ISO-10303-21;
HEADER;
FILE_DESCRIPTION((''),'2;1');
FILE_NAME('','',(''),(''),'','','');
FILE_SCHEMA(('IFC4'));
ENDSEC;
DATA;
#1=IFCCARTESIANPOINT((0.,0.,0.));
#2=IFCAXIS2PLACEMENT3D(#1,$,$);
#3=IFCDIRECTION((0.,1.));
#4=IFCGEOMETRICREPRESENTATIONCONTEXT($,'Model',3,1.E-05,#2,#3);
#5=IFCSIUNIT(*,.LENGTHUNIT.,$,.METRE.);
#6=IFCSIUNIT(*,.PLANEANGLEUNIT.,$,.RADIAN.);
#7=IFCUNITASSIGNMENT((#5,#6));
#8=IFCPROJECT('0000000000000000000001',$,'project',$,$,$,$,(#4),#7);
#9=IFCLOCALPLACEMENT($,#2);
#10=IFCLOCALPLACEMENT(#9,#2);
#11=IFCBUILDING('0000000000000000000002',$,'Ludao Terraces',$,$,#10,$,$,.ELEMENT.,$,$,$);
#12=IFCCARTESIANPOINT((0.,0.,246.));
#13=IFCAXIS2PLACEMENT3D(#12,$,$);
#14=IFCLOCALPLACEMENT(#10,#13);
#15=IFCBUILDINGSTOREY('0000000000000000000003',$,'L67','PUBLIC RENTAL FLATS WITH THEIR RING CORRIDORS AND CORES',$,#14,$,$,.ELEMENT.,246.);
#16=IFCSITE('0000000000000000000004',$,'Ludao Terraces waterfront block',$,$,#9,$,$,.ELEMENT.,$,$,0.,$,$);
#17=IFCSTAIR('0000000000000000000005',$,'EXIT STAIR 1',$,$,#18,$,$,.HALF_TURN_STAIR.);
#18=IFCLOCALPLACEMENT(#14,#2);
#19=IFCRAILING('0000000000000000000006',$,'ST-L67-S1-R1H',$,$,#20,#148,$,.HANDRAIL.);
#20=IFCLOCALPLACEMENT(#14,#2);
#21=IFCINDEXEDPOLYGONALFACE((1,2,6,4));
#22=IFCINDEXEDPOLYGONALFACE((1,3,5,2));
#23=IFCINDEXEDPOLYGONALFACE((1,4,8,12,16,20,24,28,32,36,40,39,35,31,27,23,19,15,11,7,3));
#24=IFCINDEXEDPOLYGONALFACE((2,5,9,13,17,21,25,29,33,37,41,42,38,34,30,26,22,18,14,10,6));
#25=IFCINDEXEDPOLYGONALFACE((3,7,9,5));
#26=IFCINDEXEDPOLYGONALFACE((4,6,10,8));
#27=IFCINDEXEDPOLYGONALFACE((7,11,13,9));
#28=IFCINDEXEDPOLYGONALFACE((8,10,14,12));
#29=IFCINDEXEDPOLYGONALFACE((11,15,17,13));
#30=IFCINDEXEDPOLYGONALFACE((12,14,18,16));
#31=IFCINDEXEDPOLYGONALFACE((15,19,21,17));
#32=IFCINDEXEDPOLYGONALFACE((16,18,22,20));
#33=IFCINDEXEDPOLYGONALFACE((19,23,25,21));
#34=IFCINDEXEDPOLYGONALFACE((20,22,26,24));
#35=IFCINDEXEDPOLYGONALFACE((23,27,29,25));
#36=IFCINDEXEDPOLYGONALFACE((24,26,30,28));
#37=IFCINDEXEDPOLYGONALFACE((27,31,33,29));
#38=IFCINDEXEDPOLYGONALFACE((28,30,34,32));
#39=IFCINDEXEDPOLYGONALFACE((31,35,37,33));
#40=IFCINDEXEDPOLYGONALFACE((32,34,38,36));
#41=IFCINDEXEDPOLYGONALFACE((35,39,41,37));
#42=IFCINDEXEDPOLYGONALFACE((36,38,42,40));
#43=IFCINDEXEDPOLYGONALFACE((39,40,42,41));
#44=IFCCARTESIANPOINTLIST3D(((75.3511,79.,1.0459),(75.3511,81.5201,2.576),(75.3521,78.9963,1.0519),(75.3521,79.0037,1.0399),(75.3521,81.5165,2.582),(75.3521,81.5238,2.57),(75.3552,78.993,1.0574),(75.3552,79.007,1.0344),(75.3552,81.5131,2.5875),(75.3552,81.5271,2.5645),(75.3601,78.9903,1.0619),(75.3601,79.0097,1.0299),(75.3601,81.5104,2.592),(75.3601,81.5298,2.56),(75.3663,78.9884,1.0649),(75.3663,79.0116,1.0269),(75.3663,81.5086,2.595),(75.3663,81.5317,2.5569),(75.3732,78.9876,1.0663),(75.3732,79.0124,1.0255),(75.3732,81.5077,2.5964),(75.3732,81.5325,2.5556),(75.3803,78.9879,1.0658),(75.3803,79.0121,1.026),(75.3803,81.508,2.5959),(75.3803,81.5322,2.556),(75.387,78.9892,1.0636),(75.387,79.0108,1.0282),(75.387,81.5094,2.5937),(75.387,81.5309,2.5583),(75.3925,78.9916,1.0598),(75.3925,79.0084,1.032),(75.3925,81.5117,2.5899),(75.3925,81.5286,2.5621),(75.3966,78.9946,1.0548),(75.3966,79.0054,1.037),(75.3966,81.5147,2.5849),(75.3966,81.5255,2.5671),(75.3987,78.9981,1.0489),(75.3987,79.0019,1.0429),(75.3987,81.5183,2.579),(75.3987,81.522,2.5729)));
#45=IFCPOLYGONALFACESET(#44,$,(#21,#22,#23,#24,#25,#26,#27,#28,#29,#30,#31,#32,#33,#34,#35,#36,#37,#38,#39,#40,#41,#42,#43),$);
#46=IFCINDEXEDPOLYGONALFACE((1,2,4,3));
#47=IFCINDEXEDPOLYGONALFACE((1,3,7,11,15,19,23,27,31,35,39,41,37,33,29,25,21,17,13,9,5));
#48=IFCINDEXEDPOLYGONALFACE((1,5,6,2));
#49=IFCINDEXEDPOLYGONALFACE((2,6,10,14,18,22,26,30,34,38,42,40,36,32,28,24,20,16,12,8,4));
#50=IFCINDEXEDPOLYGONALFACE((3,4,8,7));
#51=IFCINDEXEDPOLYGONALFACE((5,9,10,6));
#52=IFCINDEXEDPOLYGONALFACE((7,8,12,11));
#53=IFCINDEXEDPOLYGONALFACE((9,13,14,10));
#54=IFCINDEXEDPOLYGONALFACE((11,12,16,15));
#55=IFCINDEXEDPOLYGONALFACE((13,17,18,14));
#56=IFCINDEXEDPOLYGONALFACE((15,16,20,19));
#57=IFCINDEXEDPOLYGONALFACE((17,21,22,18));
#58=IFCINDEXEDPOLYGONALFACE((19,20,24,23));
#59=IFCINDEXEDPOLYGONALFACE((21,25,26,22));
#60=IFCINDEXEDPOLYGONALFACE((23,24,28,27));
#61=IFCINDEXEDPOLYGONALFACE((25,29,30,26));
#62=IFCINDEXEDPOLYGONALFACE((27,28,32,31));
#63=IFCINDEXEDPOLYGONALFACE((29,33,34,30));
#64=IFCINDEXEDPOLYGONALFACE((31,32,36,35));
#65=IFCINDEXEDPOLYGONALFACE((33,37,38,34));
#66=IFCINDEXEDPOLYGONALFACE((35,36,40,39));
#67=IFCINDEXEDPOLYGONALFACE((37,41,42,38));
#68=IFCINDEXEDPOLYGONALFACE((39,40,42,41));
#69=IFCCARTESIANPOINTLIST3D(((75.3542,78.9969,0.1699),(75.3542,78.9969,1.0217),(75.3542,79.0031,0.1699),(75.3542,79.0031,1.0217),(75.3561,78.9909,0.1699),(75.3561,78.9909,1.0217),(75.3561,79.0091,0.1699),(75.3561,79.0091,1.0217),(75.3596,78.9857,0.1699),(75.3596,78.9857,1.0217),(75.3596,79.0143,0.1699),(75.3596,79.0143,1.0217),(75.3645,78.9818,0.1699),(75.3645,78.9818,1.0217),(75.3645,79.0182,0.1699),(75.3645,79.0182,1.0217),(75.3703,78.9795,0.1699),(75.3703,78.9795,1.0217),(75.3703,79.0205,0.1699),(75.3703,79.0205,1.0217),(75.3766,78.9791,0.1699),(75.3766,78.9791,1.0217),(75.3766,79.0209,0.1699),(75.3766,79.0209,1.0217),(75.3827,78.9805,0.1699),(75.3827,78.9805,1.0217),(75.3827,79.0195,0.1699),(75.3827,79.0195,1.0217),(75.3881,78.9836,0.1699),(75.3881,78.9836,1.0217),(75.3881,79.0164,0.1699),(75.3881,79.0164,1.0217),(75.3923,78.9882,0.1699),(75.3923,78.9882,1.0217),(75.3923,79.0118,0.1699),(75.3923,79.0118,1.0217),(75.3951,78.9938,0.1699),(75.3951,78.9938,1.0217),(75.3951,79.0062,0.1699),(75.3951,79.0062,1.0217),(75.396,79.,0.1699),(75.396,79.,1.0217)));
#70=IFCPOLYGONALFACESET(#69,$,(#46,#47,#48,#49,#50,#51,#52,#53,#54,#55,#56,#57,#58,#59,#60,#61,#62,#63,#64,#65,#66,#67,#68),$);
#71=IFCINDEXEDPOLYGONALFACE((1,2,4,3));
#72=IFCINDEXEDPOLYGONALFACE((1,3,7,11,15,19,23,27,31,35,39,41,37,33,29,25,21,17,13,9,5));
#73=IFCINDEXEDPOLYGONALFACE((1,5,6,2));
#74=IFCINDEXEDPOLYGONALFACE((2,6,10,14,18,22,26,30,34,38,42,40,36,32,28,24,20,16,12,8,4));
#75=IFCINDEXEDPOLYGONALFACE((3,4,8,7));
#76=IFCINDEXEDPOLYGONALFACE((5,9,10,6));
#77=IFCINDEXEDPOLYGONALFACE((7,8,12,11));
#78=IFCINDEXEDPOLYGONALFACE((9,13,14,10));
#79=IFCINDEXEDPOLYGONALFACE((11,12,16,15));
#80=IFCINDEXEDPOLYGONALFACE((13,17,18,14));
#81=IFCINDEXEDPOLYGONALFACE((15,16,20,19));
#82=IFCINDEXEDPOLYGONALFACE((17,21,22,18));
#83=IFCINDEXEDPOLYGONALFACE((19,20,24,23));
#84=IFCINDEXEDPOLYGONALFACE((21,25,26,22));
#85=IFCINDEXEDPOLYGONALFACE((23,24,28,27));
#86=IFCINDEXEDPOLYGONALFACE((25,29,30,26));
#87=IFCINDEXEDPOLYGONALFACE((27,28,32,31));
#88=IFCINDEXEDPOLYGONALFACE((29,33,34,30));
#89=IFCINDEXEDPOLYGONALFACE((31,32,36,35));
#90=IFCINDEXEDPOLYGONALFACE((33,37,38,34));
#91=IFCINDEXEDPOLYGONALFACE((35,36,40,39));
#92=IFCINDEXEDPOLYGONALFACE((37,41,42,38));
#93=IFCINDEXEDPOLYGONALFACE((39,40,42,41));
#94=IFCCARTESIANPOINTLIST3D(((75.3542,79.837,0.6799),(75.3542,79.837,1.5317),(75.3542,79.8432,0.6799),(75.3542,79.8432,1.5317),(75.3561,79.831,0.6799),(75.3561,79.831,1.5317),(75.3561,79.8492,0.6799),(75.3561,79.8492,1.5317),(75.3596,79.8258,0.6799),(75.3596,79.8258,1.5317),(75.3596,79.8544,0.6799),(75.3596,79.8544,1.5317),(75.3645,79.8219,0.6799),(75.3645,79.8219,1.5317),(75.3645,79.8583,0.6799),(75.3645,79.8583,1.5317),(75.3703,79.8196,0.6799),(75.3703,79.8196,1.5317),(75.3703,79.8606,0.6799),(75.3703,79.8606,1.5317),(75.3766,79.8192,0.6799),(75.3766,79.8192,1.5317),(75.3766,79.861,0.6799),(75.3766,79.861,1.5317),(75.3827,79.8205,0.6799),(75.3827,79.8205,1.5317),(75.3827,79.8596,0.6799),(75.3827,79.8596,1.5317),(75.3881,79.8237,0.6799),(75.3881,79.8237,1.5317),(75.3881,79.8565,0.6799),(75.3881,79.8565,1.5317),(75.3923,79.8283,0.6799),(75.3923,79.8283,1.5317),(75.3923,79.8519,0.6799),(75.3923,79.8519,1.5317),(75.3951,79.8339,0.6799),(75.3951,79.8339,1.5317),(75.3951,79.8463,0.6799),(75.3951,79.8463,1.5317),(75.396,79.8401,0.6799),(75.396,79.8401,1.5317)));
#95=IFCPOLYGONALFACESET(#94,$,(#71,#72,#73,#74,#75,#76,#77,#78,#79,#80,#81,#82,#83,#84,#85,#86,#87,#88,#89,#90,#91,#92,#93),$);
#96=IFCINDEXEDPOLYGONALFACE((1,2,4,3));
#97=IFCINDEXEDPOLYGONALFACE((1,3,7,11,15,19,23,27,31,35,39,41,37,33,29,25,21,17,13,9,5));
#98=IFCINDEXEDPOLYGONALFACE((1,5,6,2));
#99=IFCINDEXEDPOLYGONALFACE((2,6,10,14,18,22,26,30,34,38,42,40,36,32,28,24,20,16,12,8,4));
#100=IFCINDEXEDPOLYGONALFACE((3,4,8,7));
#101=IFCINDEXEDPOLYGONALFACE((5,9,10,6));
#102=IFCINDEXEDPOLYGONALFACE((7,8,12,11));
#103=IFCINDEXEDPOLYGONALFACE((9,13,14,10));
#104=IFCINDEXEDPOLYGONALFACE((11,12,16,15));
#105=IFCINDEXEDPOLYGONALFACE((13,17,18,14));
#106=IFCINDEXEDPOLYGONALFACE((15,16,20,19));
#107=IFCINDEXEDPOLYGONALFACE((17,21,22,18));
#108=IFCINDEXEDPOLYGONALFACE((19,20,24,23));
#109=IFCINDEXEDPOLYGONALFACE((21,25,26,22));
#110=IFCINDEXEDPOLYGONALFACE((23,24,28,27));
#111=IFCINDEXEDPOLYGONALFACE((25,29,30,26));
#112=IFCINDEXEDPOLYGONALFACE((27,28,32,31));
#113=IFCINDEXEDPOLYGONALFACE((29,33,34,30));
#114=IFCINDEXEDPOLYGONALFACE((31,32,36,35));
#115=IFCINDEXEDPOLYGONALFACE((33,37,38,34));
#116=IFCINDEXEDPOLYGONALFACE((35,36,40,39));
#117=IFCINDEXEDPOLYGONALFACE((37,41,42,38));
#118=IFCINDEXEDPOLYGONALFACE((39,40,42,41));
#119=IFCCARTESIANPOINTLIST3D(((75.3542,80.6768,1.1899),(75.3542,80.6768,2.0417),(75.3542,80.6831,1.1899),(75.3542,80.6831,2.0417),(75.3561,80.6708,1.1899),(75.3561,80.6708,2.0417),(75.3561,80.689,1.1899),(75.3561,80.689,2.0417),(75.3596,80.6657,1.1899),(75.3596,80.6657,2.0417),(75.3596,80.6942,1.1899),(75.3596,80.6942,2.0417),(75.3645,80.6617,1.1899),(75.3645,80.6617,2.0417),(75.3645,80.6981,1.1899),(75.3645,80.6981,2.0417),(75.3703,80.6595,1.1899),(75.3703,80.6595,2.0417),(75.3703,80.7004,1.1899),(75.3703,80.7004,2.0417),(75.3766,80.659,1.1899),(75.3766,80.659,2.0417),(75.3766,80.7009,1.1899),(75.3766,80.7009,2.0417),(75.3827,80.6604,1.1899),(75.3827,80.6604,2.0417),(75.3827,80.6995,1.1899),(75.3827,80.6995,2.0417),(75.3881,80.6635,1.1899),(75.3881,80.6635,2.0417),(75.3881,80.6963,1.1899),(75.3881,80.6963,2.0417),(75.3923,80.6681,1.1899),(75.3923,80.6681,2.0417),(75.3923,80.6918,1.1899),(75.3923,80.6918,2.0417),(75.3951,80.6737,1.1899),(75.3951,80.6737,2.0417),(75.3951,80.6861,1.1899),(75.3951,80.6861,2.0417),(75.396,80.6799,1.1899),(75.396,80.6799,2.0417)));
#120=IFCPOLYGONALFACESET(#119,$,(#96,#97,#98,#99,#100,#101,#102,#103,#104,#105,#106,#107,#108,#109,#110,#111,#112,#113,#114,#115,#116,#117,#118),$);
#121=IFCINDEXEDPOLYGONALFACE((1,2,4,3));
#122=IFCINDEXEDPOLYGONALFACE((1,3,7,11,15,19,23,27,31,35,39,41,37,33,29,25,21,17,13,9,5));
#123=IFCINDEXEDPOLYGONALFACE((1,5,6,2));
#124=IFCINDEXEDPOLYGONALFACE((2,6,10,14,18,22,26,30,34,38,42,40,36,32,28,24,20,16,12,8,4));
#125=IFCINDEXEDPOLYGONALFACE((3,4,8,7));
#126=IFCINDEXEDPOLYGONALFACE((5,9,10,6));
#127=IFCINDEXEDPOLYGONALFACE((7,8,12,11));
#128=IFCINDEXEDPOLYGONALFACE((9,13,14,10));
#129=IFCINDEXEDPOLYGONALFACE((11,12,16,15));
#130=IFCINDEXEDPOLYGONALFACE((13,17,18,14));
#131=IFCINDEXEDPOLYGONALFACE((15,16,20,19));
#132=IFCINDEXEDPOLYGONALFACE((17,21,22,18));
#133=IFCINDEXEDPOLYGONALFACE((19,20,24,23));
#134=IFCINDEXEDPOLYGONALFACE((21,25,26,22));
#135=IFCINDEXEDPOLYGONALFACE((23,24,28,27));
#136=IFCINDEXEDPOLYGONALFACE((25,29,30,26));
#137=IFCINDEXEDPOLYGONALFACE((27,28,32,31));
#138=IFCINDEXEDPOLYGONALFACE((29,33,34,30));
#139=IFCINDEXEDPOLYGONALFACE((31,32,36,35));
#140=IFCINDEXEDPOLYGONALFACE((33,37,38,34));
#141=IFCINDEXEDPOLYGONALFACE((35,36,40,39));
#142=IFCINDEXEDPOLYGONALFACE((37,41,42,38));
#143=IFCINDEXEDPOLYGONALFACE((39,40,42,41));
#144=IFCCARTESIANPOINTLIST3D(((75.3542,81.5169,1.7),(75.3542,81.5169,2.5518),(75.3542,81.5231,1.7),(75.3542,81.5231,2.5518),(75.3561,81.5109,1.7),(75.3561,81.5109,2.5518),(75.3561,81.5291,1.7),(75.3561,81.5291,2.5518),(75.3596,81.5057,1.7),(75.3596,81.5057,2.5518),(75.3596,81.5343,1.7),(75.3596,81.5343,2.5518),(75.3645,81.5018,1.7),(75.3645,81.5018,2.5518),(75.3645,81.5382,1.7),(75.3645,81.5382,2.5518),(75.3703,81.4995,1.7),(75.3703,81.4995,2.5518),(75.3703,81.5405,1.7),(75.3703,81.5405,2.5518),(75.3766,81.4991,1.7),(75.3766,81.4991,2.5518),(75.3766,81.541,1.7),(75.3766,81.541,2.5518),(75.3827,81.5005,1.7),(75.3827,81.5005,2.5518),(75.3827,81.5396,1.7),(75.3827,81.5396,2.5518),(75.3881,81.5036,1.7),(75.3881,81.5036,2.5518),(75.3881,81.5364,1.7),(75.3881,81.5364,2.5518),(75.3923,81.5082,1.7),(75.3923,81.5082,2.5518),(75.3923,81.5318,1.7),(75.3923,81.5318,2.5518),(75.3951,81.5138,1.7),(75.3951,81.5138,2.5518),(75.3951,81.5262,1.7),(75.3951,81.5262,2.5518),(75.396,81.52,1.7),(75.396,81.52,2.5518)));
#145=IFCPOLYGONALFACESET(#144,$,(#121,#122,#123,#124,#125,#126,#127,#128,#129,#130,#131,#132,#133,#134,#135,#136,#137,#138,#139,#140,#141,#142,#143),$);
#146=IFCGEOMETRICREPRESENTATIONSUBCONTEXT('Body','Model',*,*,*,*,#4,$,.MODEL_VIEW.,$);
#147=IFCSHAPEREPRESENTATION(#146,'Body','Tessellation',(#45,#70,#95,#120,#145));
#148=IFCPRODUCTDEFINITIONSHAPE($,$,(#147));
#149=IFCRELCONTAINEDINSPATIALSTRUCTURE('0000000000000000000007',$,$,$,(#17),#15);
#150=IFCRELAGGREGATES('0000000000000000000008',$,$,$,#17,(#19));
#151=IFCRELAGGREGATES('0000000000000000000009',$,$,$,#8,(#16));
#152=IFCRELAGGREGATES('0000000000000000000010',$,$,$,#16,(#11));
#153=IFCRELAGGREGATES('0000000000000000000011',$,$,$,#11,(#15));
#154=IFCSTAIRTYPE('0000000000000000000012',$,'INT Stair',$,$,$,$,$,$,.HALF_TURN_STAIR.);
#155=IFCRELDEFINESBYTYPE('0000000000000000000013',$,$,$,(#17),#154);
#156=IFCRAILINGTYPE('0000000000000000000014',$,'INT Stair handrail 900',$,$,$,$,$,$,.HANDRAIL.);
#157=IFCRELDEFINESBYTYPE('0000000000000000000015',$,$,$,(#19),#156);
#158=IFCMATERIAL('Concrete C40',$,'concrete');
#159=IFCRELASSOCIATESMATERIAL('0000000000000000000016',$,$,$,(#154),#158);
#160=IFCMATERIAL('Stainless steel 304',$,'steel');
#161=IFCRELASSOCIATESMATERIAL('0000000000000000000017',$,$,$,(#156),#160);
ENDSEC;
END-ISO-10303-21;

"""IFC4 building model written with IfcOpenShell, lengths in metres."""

from ifc_helpers import new_model, si_unit, direction, frame, origin, origin_2d, place, context, subcontext, project, spatial, circle, extrude, material, type_object, element, aggregate, save


model = new_model("IFC4")

# Units and contexts
model_context = context("Model", 3, precision=1e-05, world=origin(), true_north=direction((0.0, 1.0)))
body_context = subcontext(model_context, "Body", "Model", "MODEL_VIEW")
ifc_project = project(units=[si_unit("LENGTHUNIT", "METRE"), si_unit("PLANEANGLEUNIT", "RADIAN")], contexts=[model_context])

# Site, building, storey
site_placement = place(None, origin())
site = spatial("IfcSite", under=ifc_project, at=site_placement, Name="Ludao Terraces waterfront block", CompositionType="ELEMENT", RefElevation=0.0)
building_placement = place(site_placement, origin())
building = spatial("IfcBuilding", under=site, at=building_placement, Name="Ludao Terraces", CompositionType="ELEMENT")
storey_placement = place(building_placement, frame((0.0, 0.0, 246.0)))
storey = spatial("IfcBuildingStorey", under=building, at=storey_placement, Name="L67", Description="PUBLIC RENTAL FLATS WITH THEIR RING CORRIDORS AND CORES", CompositionType="ELEMENT", Elevation=246.0)

# Shared definitions
ifc_material_1 = material(Name="Stainless steel 304", Category="steel")

# Stair, railing
ifc_material_2 = material(Name="Concrete C40", Category="concrete")
stair_type = type_object("IfcStairType", Name="INT Stair", PredefinedType="HALF_TURN_STAIR", material=ifc_material_2)
stair_placement = place(storey_placement, origin())
stair = element("IfcStair", 1, at=stair_placement, inside=storey, type_object=stair_type, Name="EXIT STAIR 1", PredefinedType="HALF_TURN_STAIR")
railing_type_1 = type_object("IfcRailingType", Name="INT Stair handrail 900", PredefinedType="HANDRAIL", material=ifc_material_1)
railing_1_placement = place(storey_placement, frame((75.375, 79.0, 0.1699)))
railing_1 = element("IfcRailing", 2, at=railing_1_placement, type_object=railing_type_1, Name="ST-L67-S1-R1H", PredefinedType="HANDRAIL", context=body_context, shape_type="SweptSolid", body=[
    extrude(circle(Radius=0.0239, at=origin_2d()), frame((0.0, 0.0, 0.876), z_axis=(0.0, 0.854785, 0.518982), x_axis=(-1.0, 0.0, 0.0)), (0.0, 0.0, 1.0), 2.9482),
    extrude(circle(Radius=0.021, at=origin_2d()), origin(), (0.0, 0.0, 1.0), 0.8518),
    extrude(circle(Radius=0.021, at=origin_2d()), frame((0.0, 0.8401, 0.51)), (0.0, 0.0, 1.0), 0.8518),
    extrude(circle(Radius=0.021, at=origin_2d()), frame((0.0, 1.6799, 1.02)), (0.0, 0.0, 1.0), 0.8518),
    extrude(circle(Radius=0.021, at=origin_2d()), frame((0.0, 2.52, 1.53)), (0.0, 0.0, 1.0), 0.8518),
])
aggregate(stair, [railing_1])

save(model, "model.ifc")
